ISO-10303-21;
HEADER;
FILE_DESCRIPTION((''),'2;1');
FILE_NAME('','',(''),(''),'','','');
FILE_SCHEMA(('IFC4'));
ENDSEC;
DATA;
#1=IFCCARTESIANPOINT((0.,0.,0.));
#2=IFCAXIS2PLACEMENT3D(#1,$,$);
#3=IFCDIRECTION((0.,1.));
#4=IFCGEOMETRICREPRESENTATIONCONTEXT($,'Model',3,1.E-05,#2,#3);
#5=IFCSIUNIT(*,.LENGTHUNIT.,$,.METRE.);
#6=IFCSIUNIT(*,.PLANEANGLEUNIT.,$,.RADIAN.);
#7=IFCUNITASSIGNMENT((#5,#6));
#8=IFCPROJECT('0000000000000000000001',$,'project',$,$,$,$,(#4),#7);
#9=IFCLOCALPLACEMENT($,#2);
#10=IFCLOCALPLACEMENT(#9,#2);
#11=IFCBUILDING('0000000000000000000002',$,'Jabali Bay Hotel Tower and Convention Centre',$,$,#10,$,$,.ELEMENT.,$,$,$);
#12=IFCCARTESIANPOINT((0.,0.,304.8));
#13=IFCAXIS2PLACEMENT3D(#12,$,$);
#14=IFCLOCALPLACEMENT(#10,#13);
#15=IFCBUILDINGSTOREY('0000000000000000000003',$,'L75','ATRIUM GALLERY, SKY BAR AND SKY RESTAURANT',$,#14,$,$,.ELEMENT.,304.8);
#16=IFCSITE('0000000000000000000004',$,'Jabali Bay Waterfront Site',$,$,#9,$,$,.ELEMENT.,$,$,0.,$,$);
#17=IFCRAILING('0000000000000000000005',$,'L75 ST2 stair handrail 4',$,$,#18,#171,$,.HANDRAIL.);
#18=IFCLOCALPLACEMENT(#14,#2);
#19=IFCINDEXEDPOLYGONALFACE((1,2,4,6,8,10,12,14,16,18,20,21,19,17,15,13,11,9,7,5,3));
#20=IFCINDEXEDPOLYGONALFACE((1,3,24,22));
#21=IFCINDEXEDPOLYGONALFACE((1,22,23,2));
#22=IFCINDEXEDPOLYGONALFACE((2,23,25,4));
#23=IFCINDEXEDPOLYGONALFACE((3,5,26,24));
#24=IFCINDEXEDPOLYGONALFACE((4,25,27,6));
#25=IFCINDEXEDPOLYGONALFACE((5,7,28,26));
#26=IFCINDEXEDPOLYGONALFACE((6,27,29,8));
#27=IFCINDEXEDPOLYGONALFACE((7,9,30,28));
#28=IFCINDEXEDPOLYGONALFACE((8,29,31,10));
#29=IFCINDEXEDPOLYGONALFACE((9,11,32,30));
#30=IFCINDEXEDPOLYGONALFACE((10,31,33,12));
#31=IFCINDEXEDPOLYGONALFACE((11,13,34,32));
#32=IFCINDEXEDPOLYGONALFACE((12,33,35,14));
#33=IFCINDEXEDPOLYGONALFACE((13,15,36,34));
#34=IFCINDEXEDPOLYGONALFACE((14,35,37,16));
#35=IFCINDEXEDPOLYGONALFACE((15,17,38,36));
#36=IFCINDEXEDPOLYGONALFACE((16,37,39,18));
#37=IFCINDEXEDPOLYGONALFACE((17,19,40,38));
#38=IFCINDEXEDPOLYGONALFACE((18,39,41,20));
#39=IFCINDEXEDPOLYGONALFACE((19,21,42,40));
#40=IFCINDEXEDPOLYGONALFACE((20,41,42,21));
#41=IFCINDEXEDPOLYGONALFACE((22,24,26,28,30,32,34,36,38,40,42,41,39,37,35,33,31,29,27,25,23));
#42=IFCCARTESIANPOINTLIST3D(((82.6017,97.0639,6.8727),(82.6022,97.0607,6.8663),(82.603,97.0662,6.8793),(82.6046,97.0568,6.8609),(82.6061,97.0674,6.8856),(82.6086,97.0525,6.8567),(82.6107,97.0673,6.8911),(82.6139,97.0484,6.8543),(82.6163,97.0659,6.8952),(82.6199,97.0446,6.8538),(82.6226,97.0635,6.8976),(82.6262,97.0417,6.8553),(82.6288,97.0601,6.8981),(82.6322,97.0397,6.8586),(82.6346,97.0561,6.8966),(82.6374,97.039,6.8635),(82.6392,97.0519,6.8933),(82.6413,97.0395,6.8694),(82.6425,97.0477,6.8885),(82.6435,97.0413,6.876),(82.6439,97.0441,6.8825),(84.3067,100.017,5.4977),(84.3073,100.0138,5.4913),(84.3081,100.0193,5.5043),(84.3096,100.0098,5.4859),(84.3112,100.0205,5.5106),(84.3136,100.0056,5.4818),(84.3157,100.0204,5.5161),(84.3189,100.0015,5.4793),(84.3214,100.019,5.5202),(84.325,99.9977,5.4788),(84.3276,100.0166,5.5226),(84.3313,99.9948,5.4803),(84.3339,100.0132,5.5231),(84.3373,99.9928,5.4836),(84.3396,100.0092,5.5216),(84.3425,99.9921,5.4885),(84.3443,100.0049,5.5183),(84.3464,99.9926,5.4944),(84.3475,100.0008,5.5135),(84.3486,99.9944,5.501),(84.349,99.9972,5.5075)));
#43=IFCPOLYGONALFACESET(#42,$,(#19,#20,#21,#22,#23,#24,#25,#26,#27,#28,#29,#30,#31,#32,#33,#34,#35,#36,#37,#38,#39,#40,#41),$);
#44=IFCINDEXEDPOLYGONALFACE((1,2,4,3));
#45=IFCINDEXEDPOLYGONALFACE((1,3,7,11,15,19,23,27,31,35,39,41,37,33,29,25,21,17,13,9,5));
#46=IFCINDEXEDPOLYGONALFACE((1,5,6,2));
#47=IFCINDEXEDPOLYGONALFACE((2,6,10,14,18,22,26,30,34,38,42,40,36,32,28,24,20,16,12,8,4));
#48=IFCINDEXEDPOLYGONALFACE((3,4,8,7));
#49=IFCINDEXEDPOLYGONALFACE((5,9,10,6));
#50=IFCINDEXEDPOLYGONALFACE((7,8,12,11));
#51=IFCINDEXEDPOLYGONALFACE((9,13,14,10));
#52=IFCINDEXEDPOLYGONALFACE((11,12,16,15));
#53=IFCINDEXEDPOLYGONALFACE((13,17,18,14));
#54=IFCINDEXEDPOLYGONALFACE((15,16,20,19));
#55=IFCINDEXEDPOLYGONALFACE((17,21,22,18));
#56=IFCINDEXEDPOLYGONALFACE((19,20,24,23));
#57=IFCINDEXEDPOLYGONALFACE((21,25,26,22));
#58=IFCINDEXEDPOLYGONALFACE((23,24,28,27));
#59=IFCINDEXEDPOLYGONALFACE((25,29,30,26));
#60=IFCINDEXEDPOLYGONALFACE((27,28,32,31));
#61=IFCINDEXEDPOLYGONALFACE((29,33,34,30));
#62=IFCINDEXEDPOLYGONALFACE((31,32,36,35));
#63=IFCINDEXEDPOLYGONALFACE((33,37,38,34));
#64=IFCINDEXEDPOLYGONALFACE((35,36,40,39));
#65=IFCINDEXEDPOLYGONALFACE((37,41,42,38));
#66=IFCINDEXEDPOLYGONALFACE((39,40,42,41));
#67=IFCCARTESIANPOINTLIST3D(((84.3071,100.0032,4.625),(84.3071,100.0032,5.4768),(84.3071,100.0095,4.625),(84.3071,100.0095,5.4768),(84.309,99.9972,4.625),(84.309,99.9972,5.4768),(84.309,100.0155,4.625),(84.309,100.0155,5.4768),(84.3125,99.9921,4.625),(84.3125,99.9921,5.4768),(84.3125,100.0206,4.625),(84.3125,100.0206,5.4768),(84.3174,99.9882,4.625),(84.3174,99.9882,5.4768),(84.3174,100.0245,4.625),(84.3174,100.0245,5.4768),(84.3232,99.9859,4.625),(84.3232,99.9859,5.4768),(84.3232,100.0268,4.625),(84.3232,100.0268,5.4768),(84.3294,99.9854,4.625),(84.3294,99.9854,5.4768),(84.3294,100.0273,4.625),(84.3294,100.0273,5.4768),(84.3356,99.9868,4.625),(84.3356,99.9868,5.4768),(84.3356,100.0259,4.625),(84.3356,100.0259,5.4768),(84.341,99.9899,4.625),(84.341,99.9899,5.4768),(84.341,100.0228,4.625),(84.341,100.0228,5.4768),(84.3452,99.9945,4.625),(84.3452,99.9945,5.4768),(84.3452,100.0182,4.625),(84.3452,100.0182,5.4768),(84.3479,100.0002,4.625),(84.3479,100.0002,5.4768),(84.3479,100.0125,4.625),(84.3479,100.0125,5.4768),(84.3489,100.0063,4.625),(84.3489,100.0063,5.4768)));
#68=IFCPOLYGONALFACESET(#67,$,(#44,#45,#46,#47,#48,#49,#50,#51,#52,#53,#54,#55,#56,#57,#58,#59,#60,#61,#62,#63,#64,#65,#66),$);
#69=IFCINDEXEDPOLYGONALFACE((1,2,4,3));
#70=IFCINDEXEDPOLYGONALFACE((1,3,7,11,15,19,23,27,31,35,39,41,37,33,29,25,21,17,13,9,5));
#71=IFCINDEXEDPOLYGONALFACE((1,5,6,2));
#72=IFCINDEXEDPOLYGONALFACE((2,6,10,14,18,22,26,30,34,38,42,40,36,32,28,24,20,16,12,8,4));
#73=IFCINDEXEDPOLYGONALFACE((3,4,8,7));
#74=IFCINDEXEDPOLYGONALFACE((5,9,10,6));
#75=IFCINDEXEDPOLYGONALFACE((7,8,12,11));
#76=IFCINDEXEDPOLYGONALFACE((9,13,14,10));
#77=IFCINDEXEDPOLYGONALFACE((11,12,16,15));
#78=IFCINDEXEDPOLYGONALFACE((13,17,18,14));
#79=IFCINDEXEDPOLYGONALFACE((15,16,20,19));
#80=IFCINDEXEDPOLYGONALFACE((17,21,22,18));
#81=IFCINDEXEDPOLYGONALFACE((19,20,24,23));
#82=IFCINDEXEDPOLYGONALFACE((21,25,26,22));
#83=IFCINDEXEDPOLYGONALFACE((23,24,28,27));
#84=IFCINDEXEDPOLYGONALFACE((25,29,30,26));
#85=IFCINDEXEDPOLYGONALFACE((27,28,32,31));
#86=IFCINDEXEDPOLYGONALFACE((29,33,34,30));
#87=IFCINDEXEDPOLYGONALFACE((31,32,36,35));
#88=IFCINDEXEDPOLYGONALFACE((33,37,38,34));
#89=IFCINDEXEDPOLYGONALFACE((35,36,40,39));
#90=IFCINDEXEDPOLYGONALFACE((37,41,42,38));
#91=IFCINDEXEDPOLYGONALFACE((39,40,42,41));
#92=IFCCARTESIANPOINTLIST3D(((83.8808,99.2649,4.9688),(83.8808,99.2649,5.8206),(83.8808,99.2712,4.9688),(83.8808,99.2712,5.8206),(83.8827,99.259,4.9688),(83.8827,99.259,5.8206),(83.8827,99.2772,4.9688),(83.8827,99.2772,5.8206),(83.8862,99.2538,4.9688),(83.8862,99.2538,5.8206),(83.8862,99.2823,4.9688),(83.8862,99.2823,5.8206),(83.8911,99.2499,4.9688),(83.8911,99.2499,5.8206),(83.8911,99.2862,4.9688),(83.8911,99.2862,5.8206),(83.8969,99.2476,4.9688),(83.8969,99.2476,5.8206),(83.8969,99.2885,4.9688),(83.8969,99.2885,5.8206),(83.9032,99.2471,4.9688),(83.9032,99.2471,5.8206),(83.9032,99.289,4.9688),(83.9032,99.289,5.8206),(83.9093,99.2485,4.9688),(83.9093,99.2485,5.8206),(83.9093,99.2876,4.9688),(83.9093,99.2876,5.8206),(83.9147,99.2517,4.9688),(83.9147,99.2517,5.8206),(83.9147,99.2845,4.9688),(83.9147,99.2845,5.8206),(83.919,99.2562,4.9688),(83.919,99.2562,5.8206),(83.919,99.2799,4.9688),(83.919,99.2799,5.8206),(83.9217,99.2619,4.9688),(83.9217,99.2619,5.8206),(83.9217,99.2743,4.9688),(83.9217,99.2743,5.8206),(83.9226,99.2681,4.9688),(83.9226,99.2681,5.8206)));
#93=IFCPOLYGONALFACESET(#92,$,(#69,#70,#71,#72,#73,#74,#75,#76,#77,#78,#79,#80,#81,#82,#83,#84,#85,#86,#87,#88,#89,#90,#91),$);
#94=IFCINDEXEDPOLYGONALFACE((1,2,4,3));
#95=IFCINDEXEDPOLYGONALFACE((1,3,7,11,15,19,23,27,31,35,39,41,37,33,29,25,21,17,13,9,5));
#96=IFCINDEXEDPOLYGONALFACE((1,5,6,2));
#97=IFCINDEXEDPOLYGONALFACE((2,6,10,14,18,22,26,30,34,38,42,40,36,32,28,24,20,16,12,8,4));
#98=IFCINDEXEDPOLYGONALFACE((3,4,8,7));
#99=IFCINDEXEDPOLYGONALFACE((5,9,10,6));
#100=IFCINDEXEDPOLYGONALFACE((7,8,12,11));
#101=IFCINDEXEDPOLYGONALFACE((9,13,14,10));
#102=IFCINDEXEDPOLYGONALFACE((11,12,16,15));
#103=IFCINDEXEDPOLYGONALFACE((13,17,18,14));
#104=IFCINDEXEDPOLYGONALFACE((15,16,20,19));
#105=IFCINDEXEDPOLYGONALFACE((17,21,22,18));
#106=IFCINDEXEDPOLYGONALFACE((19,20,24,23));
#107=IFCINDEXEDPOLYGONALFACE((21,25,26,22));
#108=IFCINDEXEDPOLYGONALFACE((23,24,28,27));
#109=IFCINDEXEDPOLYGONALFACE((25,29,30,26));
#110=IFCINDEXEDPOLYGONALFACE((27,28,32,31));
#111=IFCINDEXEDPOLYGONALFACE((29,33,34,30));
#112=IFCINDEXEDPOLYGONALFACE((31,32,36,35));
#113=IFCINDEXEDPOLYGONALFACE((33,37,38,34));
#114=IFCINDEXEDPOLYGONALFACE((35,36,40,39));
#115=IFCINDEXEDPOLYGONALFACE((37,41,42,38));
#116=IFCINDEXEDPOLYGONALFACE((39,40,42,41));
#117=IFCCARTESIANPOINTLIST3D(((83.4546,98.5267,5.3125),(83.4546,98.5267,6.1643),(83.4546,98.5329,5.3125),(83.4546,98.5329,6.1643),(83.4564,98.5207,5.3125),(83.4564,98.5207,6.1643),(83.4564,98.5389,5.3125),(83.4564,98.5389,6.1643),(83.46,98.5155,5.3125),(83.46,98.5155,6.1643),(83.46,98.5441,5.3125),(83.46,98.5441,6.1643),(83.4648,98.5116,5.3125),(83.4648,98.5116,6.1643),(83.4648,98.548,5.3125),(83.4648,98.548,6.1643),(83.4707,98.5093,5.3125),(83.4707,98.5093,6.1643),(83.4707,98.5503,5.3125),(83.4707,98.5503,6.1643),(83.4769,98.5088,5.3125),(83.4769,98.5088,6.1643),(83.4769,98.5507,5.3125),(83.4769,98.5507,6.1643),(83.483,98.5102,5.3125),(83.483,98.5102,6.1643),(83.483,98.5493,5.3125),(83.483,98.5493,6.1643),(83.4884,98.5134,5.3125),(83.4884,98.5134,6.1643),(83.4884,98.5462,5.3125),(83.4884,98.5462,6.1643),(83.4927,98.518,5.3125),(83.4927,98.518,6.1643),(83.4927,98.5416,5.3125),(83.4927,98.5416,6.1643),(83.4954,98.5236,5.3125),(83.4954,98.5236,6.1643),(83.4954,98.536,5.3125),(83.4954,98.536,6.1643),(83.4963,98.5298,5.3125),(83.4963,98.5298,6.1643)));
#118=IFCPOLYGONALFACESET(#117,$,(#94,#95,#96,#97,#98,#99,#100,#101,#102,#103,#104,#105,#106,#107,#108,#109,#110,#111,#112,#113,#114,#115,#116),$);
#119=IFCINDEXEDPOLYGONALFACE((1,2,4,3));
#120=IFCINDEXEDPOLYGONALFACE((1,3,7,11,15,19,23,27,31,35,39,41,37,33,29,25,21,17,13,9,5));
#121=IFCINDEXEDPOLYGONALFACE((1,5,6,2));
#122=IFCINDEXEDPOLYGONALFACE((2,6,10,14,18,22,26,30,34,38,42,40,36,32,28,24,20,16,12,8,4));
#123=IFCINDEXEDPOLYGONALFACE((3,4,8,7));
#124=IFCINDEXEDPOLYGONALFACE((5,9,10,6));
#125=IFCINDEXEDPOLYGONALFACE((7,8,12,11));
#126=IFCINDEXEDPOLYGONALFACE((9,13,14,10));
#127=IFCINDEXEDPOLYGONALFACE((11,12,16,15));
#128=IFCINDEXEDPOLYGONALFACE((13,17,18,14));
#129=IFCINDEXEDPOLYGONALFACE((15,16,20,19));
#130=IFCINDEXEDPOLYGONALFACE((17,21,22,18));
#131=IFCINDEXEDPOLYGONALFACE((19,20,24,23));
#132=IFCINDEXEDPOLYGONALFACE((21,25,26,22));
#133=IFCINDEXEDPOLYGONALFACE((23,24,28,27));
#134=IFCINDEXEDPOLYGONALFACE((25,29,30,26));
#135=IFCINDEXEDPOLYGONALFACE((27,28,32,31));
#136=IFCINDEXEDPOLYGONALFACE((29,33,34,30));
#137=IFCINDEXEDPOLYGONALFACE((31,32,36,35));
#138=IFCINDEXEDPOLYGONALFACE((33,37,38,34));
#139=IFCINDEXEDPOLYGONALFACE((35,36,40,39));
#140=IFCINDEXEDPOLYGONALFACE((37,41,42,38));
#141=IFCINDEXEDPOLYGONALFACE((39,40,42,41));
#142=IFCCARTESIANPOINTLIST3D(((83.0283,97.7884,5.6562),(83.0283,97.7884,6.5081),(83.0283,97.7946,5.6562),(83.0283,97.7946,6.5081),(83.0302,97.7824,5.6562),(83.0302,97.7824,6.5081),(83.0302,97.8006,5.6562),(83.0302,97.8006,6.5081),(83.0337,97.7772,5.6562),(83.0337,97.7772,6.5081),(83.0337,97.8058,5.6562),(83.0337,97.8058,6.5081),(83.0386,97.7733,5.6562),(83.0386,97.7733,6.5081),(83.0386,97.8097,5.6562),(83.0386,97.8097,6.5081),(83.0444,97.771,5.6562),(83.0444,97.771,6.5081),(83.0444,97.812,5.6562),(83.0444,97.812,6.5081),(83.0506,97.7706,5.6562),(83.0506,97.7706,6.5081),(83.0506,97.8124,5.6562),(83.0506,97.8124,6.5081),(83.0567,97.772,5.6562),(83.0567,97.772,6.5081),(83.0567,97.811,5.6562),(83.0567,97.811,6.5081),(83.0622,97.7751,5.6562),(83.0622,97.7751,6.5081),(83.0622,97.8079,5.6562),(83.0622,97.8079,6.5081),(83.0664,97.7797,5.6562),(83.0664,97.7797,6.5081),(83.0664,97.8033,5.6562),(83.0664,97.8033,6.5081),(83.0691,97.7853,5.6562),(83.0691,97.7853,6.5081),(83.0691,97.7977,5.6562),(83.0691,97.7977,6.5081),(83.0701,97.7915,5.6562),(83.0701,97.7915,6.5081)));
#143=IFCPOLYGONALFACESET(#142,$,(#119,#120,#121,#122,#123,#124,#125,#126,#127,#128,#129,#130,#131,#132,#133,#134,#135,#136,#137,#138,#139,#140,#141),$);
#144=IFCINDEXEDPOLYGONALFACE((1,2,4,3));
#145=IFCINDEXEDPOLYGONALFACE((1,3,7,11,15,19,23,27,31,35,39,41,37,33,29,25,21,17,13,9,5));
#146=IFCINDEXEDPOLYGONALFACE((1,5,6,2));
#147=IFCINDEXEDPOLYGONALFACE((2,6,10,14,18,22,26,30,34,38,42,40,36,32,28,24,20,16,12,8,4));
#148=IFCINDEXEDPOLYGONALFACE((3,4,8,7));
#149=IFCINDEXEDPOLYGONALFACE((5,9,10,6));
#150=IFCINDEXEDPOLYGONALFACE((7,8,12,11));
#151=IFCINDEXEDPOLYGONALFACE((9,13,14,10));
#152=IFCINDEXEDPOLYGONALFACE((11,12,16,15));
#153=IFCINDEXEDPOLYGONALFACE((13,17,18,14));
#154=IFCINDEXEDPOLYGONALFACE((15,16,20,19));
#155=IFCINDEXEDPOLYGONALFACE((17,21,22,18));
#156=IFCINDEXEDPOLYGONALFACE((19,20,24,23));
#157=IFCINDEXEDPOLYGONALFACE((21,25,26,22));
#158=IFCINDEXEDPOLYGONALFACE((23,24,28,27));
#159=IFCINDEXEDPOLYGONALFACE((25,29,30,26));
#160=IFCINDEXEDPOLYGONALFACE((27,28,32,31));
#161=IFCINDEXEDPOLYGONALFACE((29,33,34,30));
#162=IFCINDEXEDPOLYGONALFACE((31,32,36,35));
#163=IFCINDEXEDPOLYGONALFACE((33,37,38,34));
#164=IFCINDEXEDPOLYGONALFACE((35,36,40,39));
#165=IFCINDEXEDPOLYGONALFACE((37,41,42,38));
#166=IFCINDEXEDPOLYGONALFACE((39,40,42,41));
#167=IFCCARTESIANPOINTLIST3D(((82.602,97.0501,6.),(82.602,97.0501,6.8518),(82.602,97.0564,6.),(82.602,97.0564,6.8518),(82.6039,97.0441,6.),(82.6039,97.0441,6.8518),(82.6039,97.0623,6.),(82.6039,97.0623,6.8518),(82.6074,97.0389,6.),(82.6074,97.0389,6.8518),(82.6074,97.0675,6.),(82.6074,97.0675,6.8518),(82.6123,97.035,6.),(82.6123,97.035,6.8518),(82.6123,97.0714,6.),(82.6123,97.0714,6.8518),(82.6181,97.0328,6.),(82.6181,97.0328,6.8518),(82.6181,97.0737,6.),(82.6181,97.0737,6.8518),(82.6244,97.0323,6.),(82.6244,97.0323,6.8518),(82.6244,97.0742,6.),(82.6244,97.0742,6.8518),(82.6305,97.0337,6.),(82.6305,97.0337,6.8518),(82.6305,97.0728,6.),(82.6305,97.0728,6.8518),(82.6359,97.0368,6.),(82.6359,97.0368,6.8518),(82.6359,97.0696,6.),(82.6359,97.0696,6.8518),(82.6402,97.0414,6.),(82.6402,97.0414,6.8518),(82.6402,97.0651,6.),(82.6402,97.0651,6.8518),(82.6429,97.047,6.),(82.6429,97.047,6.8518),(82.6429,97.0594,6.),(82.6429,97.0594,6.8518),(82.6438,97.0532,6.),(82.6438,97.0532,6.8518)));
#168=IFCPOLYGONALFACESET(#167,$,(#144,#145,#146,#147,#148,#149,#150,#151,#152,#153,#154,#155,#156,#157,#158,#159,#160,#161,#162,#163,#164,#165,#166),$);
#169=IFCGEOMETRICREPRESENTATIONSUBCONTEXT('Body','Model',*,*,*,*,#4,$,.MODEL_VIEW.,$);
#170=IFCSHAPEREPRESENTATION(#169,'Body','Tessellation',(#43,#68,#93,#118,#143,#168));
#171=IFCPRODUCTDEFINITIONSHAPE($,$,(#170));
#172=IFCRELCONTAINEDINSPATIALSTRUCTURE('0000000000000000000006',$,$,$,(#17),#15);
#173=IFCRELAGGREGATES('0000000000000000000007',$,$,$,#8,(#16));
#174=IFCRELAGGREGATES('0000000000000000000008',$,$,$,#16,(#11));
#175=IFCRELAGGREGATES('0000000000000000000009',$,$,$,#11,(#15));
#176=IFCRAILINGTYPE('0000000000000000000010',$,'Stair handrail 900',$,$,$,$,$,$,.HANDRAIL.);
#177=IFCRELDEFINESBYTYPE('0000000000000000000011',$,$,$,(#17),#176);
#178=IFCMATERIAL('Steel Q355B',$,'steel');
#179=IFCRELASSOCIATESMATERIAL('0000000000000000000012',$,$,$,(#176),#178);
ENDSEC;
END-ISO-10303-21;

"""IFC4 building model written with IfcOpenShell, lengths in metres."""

from ifc_helpers import new_model, si_unit, direction, frame, origin, origin_2d, place, context, subcontext, project, spatial, circle, extrude, material, type_object, element, save


model = new_model("IFC4")

# Units and contexts
model_context = context("Model", 3, precision=1e-05, world=origin(), true_north=direction((0.0, 1.0)))
body_context = subcontext(model_context, "Body", "Model", "MODEL_VIEW")
ifc_project = project(units=[si_unit("LENGTHUNIT", "METRE"), si_unit("PLANEANGLEUNIT", "RADIAN")], contexts=[model_context])

# Site, building, storey
site_placement = place(None, origin())
site = spatial("IfcSite", under=ifc_project, at=site_placement, Name="Jabali Bay Waterfront Site", CompositionType="ELEMENT", RefElevation=0.0)
building_placement = place(site_placement, origin())
building = spatial("IfcBuilding", under=site, at=building_placement, Name="Jabali Bay Hotel Tower and Convention Centre", CompositionType="ELEMENT")
storey_placement = place(building_placement, frame((0.0, 0.0, 304.8)))
storey = spatial("IfcBuildingStorey", under=building, at=storey_placement, Name="L75", Description="ATRIUM GALLERY, SKY BAR AND SKY RESTAURANT", CompositionType="ELEMENT", Elevation=304.8)

# Railing
ifc_material_1 = material(Name="Steel Q355B", Category="steel")
railing_type = type_object("IfcRailingType", Name="Stair handrail 900", PredefinedType="HANDRAIL", material=ifc_material_1)
for number, where, name in (
    (1, (84.3279, 100.0063, 4.625), "L75 ST2 stair handrail 4"),
):
    element("IfcRailing", number, at=place(storey_placement, frame(where)), inside=storey, type_object=railing_type, Name=name, PredefinedType="HANDRAIL", context=body_context, shape_type="SweptSolid", body=[
        extrude(circle(Radius=0.0239, at=origin_2d()), frame((0.0, 0.0, 0.876), z_axis=(-0.46374, -0.803178, 0.373966), x_axis=(0.866014, -0.50002, 0.0)), (0.0, 0.0, 1.0), 3.6768),
        extrude(circle(Radius=0.021, at=origin_2d()), origin(), (0.0, 0.0, 1.0), 0.8518),
        extrude(circle(Radius=0.021, at=origin_2d()), frame((-0.4263, -0.7383, 0.3438)), (0.0, 0.0, 1.0), 0.8518),
        extrude(circle(Radius=0.021, at=origin_2d()), frame((-0.8525, -1.4766, 0.6875)), (0.0, 0.0, 1.0), 0.8518),
        extrude(circle(Radius=0.021, at=origin_2d()), frame((-1.2788, -2.2148, 1.0312)), (0.0, 0.0, 1.0), 0.8518),
        extrude(circle(Radius=0.021, at=origin_2d()), frame((-1.7051, -2.9531, 1.375)), (0.0, 0.0, 1.0), 0.8518),
    ])

save(model, "model.ifc")
